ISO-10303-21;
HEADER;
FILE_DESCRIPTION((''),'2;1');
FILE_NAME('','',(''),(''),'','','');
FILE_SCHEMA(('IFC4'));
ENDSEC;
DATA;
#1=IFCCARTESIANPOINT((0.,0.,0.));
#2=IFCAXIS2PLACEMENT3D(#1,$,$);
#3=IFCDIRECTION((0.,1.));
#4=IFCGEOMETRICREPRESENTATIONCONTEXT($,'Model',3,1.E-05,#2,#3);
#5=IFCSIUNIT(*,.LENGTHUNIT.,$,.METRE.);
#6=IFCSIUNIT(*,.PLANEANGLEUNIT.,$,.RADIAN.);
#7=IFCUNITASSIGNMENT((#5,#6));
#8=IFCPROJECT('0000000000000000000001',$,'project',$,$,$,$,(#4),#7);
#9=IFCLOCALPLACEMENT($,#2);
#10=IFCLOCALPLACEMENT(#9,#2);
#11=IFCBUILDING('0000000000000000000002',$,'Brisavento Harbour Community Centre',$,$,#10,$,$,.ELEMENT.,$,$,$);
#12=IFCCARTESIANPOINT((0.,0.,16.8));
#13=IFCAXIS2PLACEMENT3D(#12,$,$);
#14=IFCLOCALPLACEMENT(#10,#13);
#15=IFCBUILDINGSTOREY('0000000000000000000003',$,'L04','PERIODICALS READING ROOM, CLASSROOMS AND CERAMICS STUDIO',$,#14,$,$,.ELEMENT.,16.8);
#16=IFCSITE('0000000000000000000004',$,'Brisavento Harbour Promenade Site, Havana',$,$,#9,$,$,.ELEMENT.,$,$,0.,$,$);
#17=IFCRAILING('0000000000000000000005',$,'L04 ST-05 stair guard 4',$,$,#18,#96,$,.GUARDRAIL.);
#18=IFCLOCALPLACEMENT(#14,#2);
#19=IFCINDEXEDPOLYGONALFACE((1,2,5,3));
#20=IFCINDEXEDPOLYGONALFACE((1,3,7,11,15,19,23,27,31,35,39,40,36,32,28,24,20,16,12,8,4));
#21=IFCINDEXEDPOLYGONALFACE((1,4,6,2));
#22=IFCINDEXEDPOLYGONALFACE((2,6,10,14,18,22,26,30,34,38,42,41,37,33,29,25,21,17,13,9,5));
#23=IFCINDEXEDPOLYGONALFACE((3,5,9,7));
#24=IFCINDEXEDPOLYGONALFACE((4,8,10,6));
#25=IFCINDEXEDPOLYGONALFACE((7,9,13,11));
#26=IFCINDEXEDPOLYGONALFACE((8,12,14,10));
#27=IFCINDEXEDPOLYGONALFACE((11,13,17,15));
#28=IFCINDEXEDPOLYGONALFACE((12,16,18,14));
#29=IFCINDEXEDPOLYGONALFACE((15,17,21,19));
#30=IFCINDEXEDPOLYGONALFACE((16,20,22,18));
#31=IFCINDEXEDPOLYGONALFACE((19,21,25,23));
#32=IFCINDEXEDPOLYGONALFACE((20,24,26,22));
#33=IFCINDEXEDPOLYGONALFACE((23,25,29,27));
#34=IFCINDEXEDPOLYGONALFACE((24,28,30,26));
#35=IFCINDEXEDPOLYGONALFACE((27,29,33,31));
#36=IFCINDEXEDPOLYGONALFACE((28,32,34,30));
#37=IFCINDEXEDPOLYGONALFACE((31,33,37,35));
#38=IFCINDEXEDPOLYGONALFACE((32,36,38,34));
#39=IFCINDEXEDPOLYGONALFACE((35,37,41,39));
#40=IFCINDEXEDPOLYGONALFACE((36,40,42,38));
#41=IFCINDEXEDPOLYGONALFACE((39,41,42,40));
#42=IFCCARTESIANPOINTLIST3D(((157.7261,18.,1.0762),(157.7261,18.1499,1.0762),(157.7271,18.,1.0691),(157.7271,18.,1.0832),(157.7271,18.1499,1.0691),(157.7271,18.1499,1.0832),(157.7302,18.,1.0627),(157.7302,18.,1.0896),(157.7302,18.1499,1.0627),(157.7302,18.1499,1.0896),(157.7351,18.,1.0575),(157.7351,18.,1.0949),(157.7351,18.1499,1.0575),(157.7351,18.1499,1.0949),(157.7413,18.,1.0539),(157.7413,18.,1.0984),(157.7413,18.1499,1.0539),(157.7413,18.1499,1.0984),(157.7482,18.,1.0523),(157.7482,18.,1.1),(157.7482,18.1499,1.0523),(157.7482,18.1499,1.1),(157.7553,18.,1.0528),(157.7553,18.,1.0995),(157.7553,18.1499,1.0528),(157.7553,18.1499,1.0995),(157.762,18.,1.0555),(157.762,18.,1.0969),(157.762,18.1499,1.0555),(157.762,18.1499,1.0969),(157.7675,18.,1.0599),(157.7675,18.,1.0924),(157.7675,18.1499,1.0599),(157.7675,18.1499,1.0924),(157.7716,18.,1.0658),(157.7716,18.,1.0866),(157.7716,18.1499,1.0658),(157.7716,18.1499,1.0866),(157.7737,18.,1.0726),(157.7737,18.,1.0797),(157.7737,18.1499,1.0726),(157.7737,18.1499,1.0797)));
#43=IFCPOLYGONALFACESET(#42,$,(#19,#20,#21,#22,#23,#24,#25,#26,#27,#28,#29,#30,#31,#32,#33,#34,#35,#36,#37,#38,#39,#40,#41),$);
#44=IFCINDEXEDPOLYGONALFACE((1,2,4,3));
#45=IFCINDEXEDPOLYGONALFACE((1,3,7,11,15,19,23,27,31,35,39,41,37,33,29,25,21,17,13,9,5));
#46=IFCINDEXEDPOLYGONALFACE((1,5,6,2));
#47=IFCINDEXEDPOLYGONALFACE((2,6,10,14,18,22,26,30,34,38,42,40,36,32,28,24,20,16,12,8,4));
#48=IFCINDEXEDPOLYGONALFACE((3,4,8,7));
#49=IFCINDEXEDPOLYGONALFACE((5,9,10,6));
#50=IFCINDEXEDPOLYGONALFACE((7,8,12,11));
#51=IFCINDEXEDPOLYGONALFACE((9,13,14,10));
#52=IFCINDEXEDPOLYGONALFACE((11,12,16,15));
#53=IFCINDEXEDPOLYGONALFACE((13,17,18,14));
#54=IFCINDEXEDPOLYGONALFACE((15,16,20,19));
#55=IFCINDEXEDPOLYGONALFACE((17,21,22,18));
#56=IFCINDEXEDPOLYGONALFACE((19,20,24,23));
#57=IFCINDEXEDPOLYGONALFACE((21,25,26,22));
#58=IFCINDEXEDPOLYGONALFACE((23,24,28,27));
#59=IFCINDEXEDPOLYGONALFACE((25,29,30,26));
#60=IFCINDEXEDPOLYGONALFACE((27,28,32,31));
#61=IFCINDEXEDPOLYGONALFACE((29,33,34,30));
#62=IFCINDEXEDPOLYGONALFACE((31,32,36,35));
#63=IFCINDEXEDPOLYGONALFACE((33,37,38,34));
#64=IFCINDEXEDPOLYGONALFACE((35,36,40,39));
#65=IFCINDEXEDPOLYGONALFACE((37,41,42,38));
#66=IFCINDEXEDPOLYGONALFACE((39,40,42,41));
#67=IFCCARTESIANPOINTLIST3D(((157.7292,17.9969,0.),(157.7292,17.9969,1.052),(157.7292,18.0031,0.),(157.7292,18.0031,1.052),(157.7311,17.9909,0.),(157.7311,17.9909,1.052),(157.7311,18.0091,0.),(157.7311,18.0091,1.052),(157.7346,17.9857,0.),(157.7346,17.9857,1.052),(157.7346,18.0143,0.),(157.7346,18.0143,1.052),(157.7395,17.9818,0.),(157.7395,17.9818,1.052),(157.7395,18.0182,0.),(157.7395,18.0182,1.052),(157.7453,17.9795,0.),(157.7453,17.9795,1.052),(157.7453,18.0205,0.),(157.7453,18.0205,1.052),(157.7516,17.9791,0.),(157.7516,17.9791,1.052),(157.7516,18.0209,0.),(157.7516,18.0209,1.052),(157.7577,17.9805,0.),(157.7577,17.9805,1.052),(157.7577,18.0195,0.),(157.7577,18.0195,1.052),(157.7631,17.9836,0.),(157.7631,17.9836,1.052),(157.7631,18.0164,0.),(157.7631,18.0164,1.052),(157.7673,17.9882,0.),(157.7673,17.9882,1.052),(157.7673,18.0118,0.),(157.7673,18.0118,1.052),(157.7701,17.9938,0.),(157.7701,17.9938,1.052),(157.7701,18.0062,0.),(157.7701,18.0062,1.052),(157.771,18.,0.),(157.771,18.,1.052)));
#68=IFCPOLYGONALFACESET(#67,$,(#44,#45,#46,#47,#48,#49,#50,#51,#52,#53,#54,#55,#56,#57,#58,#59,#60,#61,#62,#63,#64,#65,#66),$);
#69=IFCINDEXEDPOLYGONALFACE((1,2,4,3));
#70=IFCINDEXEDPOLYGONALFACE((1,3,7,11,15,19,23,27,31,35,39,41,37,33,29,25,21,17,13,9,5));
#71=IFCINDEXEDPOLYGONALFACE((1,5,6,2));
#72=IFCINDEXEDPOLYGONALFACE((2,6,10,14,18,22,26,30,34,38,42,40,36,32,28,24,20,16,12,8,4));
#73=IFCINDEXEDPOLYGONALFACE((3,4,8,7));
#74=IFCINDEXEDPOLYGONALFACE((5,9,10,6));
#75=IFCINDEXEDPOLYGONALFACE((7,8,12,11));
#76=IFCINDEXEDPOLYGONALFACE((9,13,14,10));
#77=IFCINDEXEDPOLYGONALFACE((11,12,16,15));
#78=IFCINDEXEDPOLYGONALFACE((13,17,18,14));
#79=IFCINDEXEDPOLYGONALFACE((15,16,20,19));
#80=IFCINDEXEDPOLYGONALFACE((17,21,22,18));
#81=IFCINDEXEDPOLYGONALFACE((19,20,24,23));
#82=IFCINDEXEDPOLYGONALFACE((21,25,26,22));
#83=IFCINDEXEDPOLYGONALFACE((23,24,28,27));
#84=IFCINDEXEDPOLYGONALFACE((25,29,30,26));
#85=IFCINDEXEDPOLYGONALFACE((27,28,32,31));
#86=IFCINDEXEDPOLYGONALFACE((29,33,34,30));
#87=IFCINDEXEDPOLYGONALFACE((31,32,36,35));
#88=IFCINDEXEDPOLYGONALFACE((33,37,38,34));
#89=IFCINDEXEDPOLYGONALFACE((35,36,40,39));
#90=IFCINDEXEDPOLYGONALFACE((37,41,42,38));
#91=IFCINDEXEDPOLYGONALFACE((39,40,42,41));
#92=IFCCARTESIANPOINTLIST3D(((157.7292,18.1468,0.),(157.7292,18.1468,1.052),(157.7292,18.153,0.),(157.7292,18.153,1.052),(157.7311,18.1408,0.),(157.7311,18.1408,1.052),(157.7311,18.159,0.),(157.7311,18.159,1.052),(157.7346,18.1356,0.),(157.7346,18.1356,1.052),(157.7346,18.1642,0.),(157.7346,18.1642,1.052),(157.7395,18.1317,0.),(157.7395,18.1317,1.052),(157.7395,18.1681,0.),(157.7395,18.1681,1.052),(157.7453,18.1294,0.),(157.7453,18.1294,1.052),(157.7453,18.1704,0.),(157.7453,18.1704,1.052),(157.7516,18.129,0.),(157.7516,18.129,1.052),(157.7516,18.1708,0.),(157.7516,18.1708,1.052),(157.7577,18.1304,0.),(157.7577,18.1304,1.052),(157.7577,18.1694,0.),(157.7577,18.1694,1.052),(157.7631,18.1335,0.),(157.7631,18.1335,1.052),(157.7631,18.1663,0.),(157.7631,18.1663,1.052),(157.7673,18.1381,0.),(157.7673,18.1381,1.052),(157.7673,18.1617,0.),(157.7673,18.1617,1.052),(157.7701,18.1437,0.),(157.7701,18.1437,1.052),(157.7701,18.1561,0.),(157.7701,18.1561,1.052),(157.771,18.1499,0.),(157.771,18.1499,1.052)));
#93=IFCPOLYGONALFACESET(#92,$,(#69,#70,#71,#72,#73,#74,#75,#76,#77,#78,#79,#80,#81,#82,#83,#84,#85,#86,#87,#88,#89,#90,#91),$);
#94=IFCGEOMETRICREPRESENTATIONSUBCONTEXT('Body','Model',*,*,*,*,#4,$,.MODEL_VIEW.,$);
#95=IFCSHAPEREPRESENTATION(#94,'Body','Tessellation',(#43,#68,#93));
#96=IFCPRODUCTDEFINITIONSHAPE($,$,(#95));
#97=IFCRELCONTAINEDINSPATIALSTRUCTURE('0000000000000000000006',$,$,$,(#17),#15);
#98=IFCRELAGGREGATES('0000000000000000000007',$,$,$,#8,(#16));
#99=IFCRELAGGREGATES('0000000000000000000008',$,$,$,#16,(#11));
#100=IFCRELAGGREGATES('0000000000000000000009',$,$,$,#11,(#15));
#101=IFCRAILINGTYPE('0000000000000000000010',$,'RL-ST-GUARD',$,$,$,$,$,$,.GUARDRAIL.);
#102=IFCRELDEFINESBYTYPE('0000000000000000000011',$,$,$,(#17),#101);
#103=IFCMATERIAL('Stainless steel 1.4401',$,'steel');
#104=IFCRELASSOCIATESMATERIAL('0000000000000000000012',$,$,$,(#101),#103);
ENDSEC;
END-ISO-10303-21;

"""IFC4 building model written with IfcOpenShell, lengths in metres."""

from ifc_helpers import new_model, si_unit, direction, frame, origin, origin_2d, place, context, subcontext, project, spatial, circle, extrude, material, type_object, element, save


model = new_model("IFC4")

# Units and contexts
model_context = context("Model", 3, precision=1e-05, world=origin(), true_north=direction((0.0, 1.0)))
body_context = subcontext(model_context, "Body", "Model", "MODEL_VIEW")
ifc_project = project(units=[si_unit("LENGTHUNIT", "METRE"), si_unit("PLANEANGLEUNIT", "RADIAN")], contexts=[model_context])

# Site, building, storey
site_placement = place(None, origin())
site = spatial("IfcSite", under=ifc_project, at=site_placement, Name="Brisavento Harbour Promenade Site, Havana", CompositionType="ELEMENT", RefElevation=0.0)
building_placement = place(site_placement, origin())
building = spatial("IfcBuilding", under=site, at=building_placement, Name="Brisavento Harbour Community Centre", CompositionType="ELEMENT")
storey_placement = place(building_placement, frame((0.0, 0.0, 16.8)))
storey = spatial("IfcBuildingStorey", under=building, at=storey_placement, Name="L04", Description="PERIODICALS READING ROOM, CLASSROOMS AND CERAMICS STUDIO", CompositionType="ELEMENT", Elevation=16.8)

# Railing
ifc_material_1 = material(Name="Stainless steel 1.4401", Category="steel")
railing_type_1 = type_object("IfcRailingType", Name="RL-ST-GUARD", PredefinedType="GUARDRAIL", material=ifc_material_1)
railing_1_placement = place(storey_placement, frame((157.75, 18.0, 0.0)))
element("IfcRailing", 1, at=railing_1_placement, inside=storey, type_object=railing_type_1, Name="L04 ST-05 stair guard 4", PredefinedType="GUARDRAIL", context=body_context, shape_type="SweptSolid", body=[
    extrude(circle(Radius=0.0239, at=origin_2d()), frame((0.0, 0.0, 1.0762), z_axis=(0.0, 1.0, 0.0), x_axis=(-1.0, 0.0, 0.0)), (0.0, 0.0, 1.0), 0.1499),
    extrude(circle(Radius=0.021, at=origin_2d()), origin(), (0.0, 0.0, 1.0), 1.052),
    extrude(circle(Radius=0.021, at=origin_2d()), frame((0.0, 0.1499, 0.0)), (0.0, 0.0, 1.0), 1.052),
])

save(model, "model.ifc")
